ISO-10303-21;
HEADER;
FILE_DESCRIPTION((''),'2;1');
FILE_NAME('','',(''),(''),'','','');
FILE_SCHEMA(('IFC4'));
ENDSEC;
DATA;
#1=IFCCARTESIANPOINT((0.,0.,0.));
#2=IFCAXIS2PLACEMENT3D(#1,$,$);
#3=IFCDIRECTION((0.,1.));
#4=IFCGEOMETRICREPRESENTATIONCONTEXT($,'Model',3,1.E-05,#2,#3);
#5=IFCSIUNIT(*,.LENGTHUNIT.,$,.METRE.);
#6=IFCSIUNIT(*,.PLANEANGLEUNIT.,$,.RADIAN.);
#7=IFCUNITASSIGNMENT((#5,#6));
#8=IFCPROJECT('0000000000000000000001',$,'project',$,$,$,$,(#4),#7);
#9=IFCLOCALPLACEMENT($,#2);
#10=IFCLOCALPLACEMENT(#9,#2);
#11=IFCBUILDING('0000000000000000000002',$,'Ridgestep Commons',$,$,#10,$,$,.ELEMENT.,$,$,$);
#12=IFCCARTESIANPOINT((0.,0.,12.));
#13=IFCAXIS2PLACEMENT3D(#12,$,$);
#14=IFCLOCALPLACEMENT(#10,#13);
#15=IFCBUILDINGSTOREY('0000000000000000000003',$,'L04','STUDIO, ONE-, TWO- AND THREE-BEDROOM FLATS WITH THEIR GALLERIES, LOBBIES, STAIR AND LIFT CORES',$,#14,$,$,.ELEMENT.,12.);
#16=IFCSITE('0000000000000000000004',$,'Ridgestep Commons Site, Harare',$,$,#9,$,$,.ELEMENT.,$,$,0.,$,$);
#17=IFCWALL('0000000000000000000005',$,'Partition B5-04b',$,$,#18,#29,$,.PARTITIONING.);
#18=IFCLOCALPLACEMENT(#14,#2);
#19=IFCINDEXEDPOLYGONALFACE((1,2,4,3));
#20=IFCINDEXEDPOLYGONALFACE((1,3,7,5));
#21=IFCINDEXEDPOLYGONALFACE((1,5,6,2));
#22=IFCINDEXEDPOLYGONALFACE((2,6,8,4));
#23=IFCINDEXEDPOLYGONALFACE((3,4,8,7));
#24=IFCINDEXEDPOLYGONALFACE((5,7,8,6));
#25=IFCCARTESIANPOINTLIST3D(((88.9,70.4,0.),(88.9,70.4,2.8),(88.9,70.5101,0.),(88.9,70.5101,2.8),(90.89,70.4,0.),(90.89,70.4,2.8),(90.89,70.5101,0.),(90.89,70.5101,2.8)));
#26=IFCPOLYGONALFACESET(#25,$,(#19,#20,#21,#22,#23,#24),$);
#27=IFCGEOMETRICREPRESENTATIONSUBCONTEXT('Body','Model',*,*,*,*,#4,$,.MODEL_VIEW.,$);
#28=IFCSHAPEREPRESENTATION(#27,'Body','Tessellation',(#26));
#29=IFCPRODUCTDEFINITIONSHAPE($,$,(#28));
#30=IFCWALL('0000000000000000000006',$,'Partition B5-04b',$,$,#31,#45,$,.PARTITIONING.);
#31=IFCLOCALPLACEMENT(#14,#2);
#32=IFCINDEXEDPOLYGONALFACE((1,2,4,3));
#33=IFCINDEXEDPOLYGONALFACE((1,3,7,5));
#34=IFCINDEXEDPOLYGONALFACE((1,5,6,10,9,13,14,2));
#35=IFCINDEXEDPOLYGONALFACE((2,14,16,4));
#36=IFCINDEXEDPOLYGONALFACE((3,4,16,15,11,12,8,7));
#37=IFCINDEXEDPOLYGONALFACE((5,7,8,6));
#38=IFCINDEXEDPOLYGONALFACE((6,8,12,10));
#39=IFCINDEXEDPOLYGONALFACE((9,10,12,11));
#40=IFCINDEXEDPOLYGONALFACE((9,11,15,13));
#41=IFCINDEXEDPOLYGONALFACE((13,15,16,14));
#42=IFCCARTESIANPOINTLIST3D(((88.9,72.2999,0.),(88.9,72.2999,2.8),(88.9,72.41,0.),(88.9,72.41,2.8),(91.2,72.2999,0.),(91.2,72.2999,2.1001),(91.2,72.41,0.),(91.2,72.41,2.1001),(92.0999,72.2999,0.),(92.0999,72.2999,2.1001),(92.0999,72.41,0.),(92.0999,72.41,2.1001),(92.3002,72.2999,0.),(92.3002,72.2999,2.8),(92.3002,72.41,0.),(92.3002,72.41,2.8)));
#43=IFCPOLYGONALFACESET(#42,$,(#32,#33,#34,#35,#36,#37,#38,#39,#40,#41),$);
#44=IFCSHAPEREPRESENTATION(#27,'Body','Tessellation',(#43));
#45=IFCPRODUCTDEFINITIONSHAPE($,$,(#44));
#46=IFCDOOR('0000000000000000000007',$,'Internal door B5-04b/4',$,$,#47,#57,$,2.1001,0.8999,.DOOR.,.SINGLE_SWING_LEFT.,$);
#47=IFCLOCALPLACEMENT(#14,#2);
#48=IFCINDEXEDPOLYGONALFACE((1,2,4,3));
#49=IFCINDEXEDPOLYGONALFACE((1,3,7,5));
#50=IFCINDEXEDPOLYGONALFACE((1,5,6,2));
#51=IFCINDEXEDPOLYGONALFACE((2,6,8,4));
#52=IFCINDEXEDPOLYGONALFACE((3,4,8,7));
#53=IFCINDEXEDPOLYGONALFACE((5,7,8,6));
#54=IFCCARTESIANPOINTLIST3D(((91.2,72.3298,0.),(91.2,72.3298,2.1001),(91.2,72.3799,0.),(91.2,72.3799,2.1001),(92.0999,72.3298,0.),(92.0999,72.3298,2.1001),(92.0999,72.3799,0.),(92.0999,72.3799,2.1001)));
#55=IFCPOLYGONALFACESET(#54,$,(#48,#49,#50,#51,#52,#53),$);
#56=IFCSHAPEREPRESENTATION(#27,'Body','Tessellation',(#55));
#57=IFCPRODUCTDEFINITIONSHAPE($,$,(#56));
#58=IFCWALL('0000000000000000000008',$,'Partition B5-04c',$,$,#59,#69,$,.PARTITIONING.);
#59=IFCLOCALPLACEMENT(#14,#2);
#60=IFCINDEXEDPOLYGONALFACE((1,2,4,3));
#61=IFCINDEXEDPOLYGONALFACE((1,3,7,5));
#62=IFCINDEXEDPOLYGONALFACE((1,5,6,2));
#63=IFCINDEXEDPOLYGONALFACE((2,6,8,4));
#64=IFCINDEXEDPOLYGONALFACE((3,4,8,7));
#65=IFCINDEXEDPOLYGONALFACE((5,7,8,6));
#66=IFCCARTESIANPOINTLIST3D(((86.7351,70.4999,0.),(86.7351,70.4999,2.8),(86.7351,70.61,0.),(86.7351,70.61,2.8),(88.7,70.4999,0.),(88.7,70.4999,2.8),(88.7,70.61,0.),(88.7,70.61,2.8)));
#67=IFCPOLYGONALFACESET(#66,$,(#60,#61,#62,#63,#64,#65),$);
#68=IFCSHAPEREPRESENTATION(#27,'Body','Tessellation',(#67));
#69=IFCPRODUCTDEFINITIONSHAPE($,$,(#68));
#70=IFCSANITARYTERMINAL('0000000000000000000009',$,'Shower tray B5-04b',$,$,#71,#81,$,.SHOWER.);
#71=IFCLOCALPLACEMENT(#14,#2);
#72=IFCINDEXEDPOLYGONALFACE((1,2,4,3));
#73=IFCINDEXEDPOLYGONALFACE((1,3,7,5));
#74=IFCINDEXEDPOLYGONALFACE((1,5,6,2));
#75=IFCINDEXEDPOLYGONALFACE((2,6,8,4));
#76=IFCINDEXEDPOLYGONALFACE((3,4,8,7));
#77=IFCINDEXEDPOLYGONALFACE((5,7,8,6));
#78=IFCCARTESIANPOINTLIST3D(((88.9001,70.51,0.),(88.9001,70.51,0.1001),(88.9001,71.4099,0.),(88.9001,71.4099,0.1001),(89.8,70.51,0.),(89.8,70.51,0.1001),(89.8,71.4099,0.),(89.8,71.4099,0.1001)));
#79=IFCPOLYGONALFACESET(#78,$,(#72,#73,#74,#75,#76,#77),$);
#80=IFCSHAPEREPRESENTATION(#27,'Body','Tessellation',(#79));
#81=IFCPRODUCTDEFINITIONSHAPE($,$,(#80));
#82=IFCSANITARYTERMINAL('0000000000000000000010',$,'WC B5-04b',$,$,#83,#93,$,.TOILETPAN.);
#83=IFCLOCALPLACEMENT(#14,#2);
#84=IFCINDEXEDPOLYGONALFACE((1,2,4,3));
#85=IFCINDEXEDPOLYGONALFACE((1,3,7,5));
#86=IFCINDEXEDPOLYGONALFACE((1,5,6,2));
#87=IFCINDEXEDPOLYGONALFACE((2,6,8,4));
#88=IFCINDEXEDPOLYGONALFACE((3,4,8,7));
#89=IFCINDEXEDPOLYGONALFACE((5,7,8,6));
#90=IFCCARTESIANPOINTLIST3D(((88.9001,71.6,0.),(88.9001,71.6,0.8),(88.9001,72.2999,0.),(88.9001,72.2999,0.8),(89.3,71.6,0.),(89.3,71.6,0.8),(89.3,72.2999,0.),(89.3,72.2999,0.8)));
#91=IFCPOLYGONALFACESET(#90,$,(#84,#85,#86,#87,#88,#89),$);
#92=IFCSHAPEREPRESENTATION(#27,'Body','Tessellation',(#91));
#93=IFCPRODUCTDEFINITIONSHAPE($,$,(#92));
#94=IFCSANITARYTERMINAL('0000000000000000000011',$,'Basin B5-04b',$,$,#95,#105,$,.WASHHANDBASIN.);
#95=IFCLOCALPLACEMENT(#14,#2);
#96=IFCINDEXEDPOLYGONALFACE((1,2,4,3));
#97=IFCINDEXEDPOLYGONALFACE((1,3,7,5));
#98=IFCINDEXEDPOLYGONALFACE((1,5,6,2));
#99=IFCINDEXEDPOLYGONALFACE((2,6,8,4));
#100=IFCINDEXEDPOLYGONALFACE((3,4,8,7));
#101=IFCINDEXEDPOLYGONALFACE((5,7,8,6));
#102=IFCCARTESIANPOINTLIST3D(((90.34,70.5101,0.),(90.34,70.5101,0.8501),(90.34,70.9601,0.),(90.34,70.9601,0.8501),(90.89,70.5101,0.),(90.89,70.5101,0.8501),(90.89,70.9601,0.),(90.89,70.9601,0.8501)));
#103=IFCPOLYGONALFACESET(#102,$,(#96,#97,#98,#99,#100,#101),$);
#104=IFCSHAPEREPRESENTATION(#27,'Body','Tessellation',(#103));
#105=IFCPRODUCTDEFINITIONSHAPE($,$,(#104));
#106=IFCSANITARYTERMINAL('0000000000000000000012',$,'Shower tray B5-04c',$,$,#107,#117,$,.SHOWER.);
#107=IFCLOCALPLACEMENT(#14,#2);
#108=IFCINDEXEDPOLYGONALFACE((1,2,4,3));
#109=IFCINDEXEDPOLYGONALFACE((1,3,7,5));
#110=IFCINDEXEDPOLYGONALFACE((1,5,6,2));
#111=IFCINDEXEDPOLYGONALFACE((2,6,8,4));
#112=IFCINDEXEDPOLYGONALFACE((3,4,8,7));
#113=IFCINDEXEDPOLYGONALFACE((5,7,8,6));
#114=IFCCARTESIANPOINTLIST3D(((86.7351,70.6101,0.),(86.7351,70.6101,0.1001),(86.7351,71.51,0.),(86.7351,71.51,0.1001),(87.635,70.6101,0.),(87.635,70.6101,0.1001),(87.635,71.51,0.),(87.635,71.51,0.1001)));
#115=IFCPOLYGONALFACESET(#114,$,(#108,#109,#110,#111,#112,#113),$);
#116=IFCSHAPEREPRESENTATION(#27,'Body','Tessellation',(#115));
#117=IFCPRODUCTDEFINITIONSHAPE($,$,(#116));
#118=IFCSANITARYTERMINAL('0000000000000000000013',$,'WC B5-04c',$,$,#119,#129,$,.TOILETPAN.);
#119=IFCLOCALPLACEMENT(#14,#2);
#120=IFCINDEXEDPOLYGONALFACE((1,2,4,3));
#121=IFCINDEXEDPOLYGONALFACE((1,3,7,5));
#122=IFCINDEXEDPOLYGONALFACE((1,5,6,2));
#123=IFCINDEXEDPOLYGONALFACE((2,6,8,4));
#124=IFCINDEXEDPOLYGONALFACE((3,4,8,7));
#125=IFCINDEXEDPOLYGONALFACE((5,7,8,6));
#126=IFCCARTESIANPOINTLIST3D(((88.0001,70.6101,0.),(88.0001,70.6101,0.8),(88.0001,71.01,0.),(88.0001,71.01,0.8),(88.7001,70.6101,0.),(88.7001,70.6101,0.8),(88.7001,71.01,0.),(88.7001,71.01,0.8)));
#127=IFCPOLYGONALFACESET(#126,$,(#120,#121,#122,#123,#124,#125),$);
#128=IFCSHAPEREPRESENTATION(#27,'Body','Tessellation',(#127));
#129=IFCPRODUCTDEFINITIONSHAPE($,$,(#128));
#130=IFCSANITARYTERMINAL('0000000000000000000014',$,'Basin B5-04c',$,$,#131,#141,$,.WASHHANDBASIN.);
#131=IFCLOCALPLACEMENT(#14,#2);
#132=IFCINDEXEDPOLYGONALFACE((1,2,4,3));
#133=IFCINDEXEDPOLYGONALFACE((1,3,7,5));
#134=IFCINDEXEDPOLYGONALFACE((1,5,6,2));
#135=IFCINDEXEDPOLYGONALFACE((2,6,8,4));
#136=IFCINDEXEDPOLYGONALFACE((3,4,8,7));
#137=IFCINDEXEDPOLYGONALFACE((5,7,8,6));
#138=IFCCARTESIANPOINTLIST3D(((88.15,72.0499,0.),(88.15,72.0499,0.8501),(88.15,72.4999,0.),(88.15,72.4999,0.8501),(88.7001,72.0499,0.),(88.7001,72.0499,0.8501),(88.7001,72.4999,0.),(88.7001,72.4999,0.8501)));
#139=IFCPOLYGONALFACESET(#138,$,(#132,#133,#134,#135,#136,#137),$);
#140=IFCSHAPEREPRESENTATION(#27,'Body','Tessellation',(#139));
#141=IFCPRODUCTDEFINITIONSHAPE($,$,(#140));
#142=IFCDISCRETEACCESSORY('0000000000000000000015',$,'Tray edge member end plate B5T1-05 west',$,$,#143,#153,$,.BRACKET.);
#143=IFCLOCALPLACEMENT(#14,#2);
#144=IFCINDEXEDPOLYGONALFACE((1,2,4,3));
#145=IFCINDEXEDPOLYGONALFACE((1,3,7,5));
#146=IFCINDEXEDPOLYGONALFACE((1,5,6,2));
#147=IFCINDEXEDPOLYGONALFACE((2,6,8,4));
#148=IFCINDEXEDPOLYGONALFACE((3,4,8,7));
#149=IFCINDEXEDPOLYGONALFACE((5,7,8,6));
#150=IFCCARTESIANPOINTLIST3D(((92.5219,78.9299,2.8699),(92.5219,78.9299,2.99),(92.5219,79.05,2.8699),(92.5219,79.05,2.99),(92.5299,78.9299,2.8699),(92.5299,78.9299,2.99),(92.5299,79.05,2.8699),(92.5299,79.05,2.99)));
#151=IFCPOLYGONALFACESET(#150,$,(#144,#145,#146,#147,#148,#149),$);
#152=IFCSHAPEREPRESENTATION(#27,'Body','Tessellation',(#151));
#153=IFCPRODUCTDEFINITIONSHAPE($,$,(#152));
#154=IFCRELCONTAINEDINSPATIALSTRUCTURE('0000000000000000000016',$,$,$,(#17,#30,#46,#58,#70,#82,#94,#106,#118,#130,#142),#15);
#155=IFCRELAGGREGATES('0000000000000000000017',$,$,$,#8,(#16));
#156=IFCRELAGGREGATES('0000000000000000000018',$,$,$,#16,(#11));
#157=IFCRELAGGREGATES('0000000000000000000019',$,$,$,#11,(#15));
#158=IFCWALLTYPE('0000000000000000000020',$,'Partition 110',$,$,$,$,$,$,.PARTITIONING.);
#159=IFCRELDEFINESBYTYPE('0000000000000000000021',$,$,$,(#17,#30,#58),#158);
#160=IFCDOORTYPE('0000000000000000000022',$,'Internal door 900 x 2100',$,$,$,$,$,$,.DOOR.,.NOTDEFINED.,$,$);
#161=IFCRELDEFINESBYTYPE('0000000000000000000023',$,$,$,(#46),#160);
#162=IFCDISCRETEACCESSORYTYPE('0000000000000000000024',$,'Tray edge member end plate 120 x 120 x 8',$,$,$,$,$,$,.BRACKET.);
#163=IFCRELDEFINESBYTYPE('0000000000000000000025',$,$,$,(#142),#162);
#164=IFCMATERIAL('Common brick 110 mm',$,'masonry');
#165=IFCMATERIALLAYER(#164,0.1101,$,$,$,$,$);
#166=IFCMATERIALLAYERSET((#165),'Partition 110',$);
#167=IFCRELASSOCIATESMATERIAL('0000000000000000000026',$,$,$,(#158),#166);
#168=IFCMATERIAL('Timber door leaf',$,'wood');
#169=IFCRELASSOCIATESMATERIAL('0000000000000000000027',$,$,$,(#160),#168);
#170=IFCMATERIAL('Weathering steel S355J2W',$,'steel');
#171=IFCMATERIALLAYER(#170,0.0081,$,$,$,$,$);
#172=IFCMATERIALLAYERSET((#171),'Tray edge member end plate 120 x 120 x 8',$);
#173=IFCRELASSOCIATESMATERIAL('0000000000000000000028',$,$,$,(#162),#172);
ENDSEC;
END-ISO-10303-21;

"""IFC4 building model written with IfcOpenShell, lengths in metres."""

from ifc_helpers import new_model, si_unit, direction, frame, frame_2d, origin, origin_2d, place, context, subcontext, project, spatial, rectangle, extrude, material, layer, layer_set, type_object, element, fill, save


model = new_model("IFC4")

# Units and contexts
model_context = context("Model", 3, precision=1e-05, world=origin(), true_north=direction((0.0, 1.0)))
body_context = subcontext(model_context, "Body", "Model", "MODEL_VIEW")
ifc_project = project(units=[si_unit("LENGTHUNIT", "METRE"), si_unit("PLANEANGLEUNIT", "RADIAN")], contexts=[model_context])

# Site, building, storey
site_placement = place(None, origin())
site = spatial("IfcSite", under=ifc_project, at=site_placement, Name="Ridgestep Commons Site, Harare", CompositionType="ELEMENT", RefElevation=0.0)
building_placement = place(site_placement, origin())
building = spatial("IfcBuilding", under=site, at=building_placement, Name="Ridgestep Commons", CompositionType="ELEMENT")
storey_placement = place(building_placement, frame((0.0, 0.0, 12.0)))
storey = spatial("IfcBuildingStorey", under=building, at=storey_placement, Name="L04", Description="STUDIO, ONE-, TWO- AND THREE-BEDROOM FLATS WITH THEIR GALLERIES, LOBBIES, STAIR AND LIFT CORES", CompositionType="ELEMENT", Elevation=12.0)

# Shared definitions
ifc_material_1 = material(Name="Common brick 110 mm", Category="masonry")
ifc_layer_1 = layer(ifc_material_1, 0.1101)
ifc_layer_set_1 = layer_set([ifc_layer_1], Name="Partition 110")
wall_type_1 = type_object("IfcWallType", Name="Partition 110", PredefinedType="PARTITIONING", material=ifc_layer_set_1)

# Shared definitions
ifc_material_2 = material(Name="Timber door leaf", Category="wood")
door_type = type_object("IfcDoorType", Name="Internal door 900 x 2100", OperationType="NOTDEFINED", PredefinedType="DOOR", material=ifc_material_2)

# Wall
wall_1_placement = place(storey_placement, frame((88.8999, 70.4551, 0.0), z_axis=(0.0, 0.0, 1.0), x_axis=(1.0, 0.0, 0.0)))
element("IfcWall", 1, at=wall_1_placement, inside=storey, type_object=wall_type_1, Name="Partition B5-04b", PredefinedType="PARTITIONING", context=body_context, shape_type="SweptSolid", body=[
    extrude(rectangle(XDim=1.99, YDim=0.1101, at=frame_2d((0.9951, 0.0))), origin(), (0.0, 0.0, 1.0), 2.8),
])

# Wall, opening, door
wall_2_placement = place(storey_placement, frame((88.8999, 72.355, 0.0), z_axis=(0.0, 0.0, 1.0), x_axis=(1.0, 0.0, 0.0)))
wall_2 = element("IfcWall", 2, at=wall_2_placement, inside=storey, type_object=wall_type_1, Name="Partition B5-04b", PredefinedType="PARTITIONING", context=body_context, shape_type="SweptSolid", body=[
    extrude(rectangle(XDim=3.4001, YDim=0.1101, at=frame_2d((1.7002, 0.0))), origin(), (0.0, 0.0, 1.0), 2.8),
])
opening_1_placement = place(wall_2_placement, frame((2.3, 0.0, 0.0)))
opening_1 = element("IfcOpeningElement", 3, at=opening_1_placement, cuts=wall_2, PredefinedType="OPENING", context=body_context, shape_type="SweptSolid", body=[
    extrude(rectangle(XDim=0.8999, YDim=2.1001, at=frame_2d((0.45, 1.05))), frame((0.0, 0.0649, 0.0), z_axis=(0.0, -1.0, 0.0), x_axis=(1.0, 0.0, 0.0)), (0.0, 0.0, 1.0), 0.1301),
])
door_1_placement = place(opening_1_placement, origin())
door_1 = element("IfcDoor", 4, at=door_1_placement, inside=storey, type_object=door_type, Name="Internal door B5-04b/4", OperationType="SINGLE_SWING_LEFT", OverallHeight=2.1001, OverallWidth=0.8999, PredefinedType="DOOR", context=body_context, shape_type="SweptSolid", body=[
    extrude(rectangle(XDim=0.8999, YDim=2.1001, at=frame_2d((0.45, 1.05))), frame((0.0, 0.0249, 0.0), z_axis=(0.0, -1.0, 0.0), x_axis=(1.0, 0.0, 0.0)), (0.0, 0.0, 1.0), 0.05),
])
fill(opening_1, door_1)

# Wall
wall_3_placement = place(storey_placement, frame((86.7351, 70.5549, 0.0), z_axis=(0.0, 0.0, 1.0), x_axis=(1.0, 0.0, 0.0)))
element("IfcWall", 5, at=wall_3_placement, inside=storey, type_object=wall_type_1, Name="Partition B5-04c", PredefinedType="PARTITIONING", context=body_context, shape_type="SweptSolid", body=[
    extrude(rectangle(XDim=1.9648, YDim=0.1101, at=frame_2d((0.9824, 0.0))), origin(), (0.0, 0.0, 1.0), 2.8),
])

# Sanitary terminals
sanitary_terminal_1_placement = place(storey_placement, frame((89.3501, 70.96, 0.0), z_axis=(0.0, 0.0, 1.0), x_axis=(1.0, 0.0, 0.0)))
element("IfcSanitaryTerminal", 6, at=sanitary_terminal_1_placement, inside=storey, Name="Shower tray B5-04b", PredefinedType="SHOWER", context=body_context, shape_type="SweptSolid", body=[
    extrude(rectangle(XDim=0.8999, YDim=0.8999, at=origin_2d()), origin(), (0.0, 0.0, 1.0), 0.1001),
])
sanitary_terminal_2_placement = place(storey_placement, frame((89.1001, 71.95, 0.0), z_axis=(0.0, 0.0, 1.0), x_axis=(1.0, 0.0, 0.0)))
element("IfcSanitaryTerminal", 7, at=sanitary_terminal_2_placement, inside=storey, Name="WC B5-04b", PredefinedType="TOILETPAN", context=body_context, shape_type="SweptSolid", body=[
    extrude(rectangle(XDim=0.3999, YDim=0.7, at=origin_2d()), origin(), (0.0, 0.0, 1.0), 0.8),
])
sanitary_terminal_3_placement = place(storey_placement, frame((90.615, 70.7351, 0.0), z_axis=(0.0, 0.0, 1.0), x_axis=(1.0, 0.0, 0.0)))
element("IfcSanitaryTerminal", 8, at=sanitary_terminal_3_placement, inside=storey, Name="Basin B5-04b", PredefinedType="WASHHANDBASIN", context=body_context, shape_type="SweptSolid", body=[
    extrude(rectangle(XDim=0.55, YDim=0.45, at=origin_2d()), origin(), (0.0, 0.0, 1.0), 0.8501),
])
sanitary_terminal_4_placement = place(storey_placement, frame((87.1851, 71.0601, 0.0), z_axis=(0.0, 0.0, 1.0), x_axis=(1.0, 0.0, 0.0)))
element("IfcSanitaryTerminal", 9, at=sanitary_terminal_4_placement, inside=storey, Name="Shower tray B5-04c", PredefinedType="SHOWER", context=body_context, shape_type="SweptSolid", body=[
    extrude(rectangle(XDim=0.8999, YDim=0.8999, at=origin_2d()), origin(), (0.0, 0.0, 1.0), 0.1001),
])
sanitary_terminal_5_placement = place(storey_placement, frame((88.3501, 70.8101, 0.0), z_axis=(0.0, 0.0, 1.0), x_axis=(1.0, 0.0, 0.0)))
element("IfcSanitaryTerminal", 10, at=sanitary_terminal_5_placement, inside=storey, Name="WC B5-04c", PredefinedType="TOILETPAN", context=body_context, shape_type="SweptSolid", body=[
    extrude(rectangle(XDim=0.7, YDim=0.3999, at=origin_2d()), origin(), (0.0, 0.0, 1.0), 0.8),
])
sanitary_terminal_6_placement = place(storey_placement, frame((88.425, 72.2749, 0.0), z_axis=(0.0, 0.0, 1.0), x_axis=(1.0, 0.0, 0.0)))
element("IfcSanitaryTerminal", 11, at=sanitary_terminal_6_placement, inside=storey, Name="Basin B5-04c", PredefinedType="WASHHANDBASIN", context=body_context, shape_type="SweptSolid", body=[
    extrude(rectangle(XDim=0.55, YDim=0.45, at=origin_2d()), origin(), (0.0, 0.0, 1.0), 0.8501),
])

# Discrete accessory
ifc_material_3 = material(Name="Weathering steel S355J2W", Category="steel")
ifc_layer_2 = layer(ifc_material_3, 0.0081)
ifc_layer_set_2 = layer_set([ifc_layer_2], Name="Tray edge member end plate 120 x 120 x 8")
discrete_accessory_type = type_object("IfcDiscreteAccessoryType", Name="Tray edge member end plate 120 x 120 x 8", PredefinedType="BRACKET", material=ifc_layer_set_2)
discrete_accessory_placement = place(storey_placement, frame((92.5259, 78.99, 2.8699), z_axis=(0.0, 0.0, 1.0), x_axis=(1.0, 0.0, 0.0)))
element("IfcDiscreteAccessory", 12, at=discrete_accessory_placement, inside=storey, type_object=discrete_accessory_type, Name="Tray edge member end plate B5T1-05 west", PredefinedType="BRACKET", context=body_context, shape_type="SweptSolid", body=[
    extrude(rectangle(XDim=0.0081, YDim=0.1201, at=origin_2d()), origin(), (0.0, 0.0, 1.0), 0.1201),
])

save(model, "model.ifc")
